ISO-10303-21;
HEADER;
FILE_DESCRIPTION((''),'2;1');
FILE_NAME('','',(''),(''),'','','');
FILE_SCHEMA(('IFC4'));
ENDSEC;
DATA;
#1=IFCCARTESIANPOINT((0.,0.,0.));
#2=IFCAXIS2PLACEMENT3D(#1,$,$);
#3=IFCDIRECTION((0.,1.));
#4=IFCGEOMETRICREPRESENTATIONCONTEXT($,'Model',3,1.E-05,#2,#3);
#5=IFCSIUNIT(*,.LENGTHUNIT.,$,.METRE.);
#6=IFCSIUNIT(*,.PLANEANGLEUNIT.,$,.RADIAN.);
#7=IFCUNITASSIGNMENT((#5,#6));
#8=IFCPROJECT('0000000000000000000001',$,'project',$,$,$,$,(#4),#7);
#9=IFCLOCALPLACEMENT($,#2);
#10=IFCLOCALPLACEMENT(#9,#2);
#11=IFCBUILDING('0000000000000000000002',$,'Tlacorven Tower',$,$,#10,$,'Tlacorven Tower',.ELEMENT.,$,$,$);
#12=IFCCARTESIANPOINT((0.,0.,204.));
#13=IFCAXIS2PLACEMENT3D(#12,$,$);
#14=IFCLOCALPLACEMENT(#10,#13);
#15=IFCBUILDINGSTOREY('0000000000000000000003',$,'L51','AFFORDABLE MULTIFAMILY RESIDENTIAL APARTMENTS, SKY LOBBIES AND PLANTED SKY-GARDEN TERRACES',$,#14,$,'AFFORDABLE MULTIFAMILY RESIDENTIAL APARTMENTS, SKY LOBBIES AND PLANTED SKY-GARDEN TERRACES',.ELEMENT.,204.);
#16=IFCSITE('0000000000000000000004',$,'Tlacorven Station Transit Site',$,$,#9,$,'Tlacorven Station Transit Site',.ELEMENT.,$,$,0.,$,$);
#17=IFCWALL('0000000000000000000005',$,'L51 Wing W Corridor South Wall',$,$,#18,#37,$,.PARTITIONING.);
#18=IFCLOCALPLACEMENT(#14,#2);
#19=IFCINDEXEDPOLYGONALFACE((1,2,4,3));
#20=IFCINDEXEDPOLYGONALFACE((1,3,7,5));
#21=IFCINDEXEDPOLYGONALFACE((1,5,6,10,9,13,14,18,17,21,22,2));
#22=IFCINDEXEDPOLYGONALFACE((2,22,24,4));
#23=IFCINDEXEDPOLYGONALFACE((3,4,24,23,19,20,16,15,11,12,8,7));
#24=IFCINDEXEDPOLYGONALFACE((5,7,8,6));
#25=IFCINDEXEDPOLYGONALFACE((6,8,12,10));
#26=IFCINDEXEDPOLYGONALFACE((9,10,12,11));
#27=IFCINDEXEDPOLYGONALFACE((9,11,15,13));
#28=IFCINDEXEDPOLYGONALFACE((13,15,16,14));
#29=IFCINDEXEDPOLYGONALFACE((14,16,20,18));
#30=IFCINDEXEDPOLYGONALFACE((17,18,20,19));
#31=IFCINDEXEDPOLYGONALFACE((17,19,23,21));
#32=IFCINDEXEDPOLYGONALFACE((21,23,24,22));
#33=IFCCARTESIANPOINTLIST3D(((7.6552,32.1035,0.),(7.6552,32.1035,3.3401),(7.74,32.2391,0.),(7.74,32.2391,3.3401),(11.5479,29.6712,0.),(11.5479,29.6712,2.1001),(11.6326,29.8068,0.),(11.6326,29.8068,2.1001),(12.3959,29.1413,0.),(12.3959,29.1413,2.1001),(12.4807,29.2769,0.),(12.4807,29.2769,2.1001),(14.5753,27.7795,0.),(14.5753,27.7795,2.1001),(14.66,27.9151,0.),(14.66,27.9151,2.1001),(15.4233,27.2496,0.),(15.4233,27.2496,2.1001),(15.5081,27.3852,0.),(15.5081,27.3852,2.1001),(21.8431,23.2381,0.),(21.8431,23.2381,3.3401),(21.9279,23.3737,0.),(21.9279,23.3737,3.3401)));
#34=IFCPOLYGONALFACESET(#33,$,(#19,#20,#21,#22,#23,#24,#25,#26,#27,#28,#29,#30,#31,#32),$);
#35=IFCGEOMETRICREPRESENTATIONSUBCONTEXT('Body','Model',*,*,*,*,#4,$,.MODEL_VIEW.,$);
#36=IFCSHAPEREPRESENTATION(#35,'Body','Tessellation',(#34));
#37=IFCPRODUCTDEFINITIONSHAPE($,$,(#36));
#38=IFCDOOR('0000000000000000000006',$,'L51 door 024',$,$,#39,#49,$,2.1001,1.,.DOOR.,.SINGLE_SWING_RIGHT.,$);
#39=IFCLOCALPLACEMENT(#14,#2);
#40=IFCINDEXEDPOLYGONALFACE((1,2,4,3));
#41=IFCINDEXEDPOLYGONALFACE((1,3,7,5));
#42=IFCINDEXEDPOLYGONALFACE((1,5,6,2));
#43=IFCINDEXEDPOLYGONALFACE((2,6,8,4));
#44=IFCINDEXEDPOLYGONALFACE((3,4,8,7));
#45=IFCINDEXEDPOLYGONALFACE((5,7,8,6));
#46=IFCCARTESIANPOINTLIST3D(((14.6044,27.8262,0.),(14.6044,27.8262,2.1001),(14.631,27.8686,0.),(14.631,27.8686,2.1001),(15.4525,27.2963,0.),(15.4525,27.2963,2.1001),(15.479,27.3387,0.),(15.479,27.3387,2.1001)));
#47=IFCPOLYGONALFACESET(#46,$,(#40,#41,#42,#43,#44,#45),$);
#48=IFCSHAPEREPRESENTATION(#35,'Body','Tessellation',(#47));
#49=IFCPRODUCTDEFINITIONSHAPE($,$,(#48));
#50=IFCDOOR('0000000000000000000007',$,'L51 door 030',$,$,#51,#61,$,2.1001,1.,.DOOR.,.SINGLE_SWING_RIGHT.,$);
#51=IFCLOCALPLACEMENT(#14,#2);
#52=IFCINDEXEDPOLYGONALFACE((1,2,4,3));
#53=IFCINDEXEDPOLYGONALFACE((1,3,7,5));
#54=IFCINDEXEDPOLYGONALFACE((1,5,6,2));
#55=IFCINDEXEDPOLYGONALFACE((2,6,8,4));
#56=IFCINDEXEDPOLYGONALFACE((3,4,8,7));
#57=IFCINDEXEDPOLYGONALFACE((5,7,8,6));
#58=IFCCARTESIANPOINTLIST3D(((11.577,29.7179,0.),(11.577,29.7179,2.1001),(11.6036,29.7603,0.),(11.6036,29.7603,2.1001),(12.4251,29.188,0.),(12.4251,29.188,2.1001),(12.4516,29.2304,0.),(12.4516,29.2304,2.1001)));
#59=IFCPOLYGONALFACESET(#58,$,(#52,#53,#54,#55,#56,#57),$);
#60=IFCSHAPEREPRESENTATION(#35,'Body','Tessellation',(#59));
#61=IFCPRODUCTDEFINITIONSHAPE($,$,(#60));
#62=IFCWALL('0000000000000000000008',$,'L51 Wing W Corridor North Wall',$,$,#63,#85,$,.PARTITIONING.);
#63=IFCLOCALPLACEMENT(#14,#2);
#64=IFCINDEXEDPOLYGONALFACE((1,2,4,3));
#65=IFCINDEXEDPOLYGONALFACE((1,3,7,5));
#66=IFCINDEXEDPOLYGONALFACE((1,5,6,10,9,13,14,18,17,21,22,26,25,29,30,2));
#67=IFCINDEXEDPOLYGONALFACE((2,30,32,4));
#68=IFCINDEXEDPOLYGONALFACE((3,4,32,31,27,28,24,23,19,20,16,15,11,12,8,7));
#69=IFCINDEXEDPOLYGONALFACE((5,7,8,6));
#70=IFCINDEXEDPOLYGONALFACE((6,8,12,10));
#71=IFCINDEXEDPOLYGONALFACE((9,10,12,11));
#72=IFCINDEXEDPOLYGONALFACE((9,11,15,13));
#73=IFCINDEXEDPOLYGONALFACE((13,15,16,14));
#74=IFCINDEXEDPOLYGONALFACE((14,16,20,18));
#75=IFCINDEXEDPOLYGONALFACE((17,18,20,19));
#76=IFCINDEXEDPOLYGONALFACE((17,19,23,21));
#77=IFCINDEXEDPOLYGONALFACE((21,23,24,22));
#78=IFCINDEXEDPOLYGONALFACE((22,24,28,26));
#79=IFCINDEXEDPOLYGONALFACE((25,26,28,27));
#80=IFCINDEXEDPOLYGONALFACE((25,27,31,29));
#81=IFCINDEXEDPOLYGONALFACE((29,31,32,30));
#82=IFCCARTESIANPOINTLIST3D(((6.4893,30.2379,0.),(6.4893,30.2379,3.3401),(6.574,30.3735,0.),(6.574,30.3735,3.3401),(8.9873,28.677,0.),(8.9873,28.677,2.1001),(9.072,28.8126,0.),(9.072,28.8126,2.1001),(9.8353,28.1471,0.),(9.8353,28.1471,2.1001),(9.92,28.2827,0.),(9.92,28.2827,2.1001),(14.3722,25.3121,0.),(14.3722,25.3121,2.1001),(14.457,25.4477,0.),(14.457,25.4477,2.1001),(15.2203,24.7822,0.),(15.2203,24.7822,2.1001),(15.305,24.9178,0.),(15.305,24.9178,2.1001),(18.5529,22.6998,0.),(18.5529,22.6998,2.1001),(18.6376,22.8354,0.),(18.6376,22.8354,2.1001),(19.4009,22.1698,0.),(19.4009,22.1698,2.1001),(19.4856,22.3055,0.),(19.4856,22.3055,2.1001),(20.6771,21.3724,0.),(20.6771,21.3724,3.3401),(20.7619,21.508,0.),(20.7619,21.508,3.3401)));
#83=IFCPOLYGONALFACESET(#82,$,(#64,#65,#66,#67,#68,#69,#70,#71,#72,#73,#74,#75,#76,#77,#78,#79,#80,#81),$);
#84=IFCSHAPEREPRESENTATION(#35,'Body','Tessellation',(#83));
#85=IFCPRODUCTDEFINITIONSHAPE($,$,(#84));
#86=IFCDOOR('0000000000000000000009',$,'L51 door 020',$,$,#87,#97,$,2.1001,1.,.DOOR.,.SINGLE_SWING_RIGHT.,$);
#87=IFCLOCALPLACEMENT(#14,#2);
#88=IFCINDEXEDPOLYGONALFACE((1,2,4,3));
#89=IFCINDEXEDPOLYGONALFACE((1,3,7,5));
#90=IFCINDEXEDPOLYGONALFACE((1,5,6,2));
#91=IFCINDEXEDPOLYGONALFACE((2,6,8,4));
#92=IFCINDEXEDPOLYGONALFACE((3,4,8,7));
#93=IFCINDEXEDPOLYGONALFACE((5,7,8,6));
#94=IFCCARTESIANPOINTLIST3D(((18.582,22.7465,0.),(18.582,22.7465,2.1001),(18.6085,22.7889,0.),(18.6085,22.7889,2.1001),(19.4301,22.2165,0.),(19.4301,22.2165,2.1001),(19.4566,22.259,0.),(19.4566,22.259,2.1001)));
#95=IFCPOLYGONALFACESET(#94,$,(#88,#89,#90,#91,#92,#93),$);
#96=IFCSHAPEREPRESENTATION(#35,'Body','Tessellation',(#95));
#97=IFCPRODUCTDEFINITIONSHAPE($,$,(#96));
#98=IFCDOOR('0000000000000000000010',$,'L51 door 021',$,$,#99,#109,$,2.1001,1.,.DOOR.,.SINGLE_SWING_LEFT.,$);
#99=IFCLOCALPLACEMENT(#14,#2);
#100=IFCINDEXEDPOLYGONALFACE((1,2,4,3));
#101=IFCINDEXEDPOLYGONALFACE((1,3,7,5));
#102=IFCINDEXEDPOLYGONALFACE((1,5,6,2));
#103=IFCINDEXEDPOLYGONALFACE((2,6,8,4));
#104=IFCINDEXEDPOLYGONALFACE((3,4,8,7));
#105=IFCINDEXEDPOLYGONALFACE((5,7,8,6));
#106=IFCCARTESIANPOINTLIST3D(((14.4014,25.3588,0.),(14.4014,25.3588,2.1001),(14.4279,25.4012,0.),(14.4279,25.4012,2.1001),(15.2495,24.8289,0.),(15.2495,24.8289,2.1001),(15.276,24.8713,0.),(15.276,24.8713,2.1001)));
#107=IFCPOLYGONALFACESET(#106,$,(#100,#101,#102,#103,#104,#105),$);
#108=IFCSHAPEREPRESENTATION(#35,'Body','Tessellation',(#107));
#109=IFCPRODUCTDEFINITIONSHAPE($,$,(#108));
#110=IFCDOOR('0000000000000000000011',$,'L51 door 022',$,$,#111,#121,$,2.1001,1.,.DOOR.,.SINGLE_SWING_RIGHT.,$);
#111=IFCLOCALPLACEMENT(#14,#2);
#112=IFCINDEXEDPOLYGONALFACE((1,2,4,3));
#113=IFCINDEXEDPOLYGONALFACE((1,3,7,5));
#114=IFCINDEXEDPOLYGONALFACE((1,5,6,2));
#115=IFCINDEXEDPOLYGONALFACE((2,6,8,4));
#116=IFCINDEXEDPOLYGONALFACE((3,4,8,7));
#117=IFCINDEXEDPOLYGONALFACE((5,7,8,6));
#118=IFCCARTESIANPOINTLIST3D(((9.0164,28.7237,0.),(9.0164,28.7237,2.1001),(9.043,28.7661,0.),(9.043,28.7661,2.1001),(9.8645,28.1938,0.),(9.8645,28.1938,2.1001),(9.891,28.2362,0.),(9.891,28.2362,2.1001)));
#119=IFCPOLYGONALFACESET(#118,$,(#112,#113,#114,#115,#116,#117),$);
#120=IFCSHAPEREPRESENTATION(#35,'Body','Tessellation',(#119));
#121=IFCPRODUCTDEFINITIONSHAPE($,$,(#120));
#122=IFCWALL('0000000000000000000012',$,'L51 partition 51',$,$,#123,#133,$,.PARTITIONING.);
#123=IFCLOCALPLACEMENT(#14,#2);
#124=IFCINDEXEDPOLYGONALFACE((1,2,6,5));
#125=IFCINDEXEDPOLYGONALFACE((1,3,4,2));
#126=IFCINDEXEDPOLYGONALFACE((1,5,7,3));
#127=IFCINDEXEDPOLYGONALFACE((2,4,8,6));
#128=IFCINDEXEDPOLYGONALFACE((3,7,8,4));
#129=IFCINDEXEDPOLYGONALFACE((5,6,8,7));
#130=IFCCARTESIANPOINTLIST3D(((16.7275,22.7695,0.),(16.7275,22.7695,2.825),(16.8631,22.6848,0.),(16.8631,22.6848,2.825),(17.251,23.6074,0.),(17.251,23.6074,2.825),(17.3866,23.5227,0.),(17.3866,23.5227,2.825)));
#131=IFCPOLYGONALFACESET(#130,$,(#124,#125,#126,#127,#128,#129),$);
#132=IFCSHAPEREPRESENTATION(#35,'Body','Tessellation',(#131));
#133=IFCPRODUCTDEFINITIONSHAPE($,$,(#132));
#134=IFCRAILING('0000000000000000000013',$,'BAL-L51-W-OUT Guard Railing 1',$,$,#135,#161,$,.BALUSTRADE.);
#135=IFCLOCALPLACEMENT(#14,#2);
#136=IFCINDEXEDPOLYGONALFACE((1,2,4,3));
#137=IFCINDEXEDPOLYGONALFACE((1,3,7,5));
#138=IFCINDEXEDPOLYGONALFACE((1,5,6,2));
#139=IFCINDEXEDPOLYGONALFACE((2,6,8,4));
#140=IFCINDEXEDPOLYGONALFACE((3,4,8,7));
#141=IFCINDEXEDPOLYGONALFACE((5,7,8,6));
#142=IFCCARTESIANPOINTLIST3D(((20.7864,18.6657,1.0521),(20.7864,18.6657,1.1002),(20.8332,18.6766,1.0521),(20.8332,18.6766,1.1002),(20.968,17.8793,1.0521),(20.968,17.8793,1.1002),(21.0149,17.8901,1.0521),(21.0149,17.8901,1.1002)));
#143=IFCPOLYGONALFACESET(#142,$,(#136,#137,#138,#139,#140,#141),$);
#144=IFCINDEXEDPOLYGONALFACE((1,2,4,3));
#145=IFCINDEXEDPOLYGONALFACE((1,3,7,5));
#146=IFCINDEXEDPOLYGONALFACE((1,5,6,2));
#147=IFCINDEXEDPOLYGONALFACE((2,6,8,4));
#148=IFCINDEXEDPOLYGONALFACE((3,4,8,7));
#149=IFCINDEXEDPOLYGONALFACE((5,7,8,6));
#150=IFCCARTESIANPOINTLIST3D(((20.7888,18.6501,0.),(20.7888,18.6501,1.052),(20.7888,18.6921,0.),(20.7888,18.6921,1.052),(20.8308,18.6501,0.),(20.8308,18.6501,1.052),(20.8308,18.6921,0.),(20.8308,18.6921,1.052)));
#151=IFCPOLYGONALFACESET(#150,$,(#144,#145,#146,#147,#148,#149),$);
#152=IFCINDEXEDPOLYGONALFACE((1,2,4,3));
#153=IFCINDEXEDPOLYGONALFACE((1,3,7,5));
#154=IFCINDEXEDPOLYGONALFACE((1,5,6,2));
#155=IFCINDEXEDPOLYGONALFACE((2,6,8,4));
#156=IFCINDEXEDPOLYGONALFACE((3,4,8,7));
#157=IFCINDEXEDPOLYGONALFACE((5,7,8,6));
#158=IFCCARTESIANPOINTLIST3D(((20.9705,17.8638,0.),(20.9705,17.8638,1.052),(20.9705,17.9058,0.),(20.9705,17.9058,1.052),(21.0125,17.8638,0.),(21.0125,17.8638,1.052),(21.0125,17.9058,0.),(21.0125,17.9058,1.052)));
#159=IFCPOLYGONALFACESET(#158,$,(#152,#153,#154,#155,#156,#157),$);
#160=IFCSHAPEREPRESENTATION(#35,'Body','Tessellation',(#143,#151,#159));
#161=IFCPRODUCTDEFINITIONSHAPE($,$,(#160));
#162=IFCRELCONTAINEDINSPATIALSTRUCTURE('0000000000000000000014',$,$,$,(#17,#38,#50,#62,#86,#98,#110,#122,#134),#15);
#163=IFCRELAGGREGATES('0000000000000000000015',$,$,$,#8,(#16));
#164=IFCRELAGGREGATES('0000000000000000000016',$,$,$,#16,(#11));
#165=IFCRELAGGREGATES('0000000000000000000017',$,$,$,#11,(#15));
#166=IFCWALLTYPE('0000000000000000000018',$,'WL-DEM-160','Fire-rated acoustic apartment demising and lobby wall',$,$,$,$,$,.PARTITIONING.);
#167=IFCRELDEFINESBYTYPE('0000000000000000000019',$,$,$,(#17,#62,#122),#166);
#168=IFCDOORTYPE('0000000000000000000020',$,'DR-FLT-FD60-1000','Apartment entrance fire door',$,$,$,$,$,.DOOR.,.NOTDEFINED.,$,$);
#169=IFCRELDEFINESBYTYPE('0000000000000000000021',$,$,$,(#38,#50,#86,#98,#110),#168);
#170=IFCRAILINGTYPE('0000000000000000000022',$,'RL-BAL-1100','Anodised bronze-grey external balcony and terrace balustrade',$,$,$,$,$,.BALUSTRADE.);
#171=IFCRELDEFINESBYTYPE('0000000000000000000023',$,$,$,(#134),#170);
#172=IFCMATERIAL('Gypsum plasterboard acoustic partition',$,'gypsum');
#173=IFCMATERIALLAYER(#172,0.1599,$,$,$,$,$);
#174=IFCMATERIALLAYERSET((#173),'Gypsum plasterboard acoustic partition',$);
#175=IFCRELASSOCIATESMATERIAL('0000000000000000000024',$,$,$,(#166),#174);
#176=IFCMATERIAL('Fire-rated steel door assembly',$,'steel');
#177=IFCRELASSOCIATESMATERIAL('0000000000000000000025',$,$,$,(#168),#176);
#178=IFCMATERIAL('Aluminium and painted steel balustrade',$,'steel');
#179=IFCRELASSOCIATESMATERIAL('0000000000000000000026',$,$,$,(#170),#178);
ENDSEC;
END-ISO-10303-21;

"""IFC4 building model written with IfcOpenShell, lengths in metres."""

from ifc_helpers import new_model, si_unit, direction, frame, frame_2d, origin, origin_2d, place, context, subcontext, project, spatial, rectangle, extrude, source, transform, mapped, material, layer, layer_set, type_object, element, fill, save


model = new_model("IFC4")

# Units and contexts
model_context = context("Model", 3, precision=1e-05, world=origin(), true_north=direction((0.0, 1.0)))
body_context = subcontext(model_context, "Body", "Model", "MODEL_VIEW")
ifc_project = project(units=[si_unit("LENGTHUNIT", "METRE"), si_unit("PLANEANGLEUNIT", "RADIAN")], contexts=[model_context])

# Site, building, storey
site_placement = place(None, origin())
site = spatial("IfcSite", under=ifc_project, at=site_placement, Name="Tlacorven Station Transit Site", LongName="Tlacorven Station Transit Site", CompositionType="ELEMENT", RefElevation=0.0)
building_placement = place(site_placement, origin())
building = spatial("IfcBuilding", under=site, at=building_placement, Name="Tlacorven Tower", LongName="Tlacorven Tower", CompositionType="ELEMENT")
storey_placement = place(building_placement, frame((0.0, 0.0, 204.0)))
storey = spatial("IfcBuildingStorey", under=building, at=storey_placement, Name="L51", Description="AFFORDABLE MULTIFAMILY RESIDENTIAL APARTMENTS, SKY LOBBIES AND PLANTED SKY-GARDEN TERRACES", LongName="AFFORDABLE MULTIFAMILY RESIDENTIAL APARTMENTS, SKY LOBBIES AND PLANTED SKY-GARDEN TERRACES", CompositionType="ELEMENT", Elevation=204.0)

# Shared definitions
ifc_material_1 = material(Name="Gypsum plasterboard acoustic partition", Category="gypsum")
ifc_layer_1 = layer(ifc_material_1, 0.1599)
ifc_layer_set_1 = layer_set([ifc_layer_1], Name="Gypsum plasterboard acoustic partition")
wall_type = type_object("IfcWallType", Name="WL-DEM-160", Description="Fire-rated acoustic apartment demising and lobby wall", PredefinedType="PARTITIONING", material=ifc_layer_set_1)

# Walls, openings, doors
wall_1_placement = place(storey_placement, frame((21.8855, 23.3059, 0.0), z_axis=(0.0, 0.0, 1.0), x_axis=(-0.848052, 0.529912, 0.0)))
wall_1 = element("IfcWall", 1, at=wall_1_placement, inside=storey, type_object=wall_type, Name="L51 Wing W Corridor South Wall", PredefinedType="PARTITIONING", context=body_context, shape_type="SweptSolid", body=[
    extrude(rectangle(XDim=16.73, YDim=0.1599, at=frame_2d((8.365, 0.0))), origin(), (0.0, 0.0, 1.0), 3.3401),
])
opening_1_placement = place(wall_1_placement, frame((7.5701, 0.0, 0.0)))
opening_1 = element("IfcOpeningElement", 2, at=opening_1_placement, cuts=wall_1, PredefinedType="OPENING", context=body_context, shape_type="SweptSolid", body=[
    extrude(rectangle(XDim=1.0, YDim=2.1001, at=frame_2d((0.5, 1.05))), frame((0.0, 0.0898, 0.0), z_axis=(0.0, -1.0, 0.0), x_axis=(1.0, 0.0, 0.0)), (0.0, 0.0, 1.0), 0.1799),
])
opening_2_placement = place(wall_1_placement, frame((11.1399, 0.0, 0.0)))
opening_2 = element("IfcOpeningElement", 3, at=opening_2_placement, cuts=wall_1, PredefinedType="OPENING", context=body_context, shape_type="SweptSolid", body=[
    extrude(rectangle(XDim=1.0, YDim=2.1001, at=frame_2d((0.5, 1.05))), frame((0.0, 0.0898, 0.0), z_axis=(0.0, -1.0, 0.0), x_axis=(1.0, 0.0, 0.0)), (0.0, 0.0, 1.0), 0.1799),
])
ifc_material_2 = material(Name="Fire-rated steel door assembly", Category="steel")
door_type = type_object("IfcDoorType", Name="DR-FLT-FD60-1000", Description="Apartment entrance fire door", OperationType="NOTDEFINED", PredefinedType="DOOR", material=ifc_material_2)
shared_shape_1 = source(origin(), body_context, "Body", "SweptSolid", [
    extrude(rectangle(XDim=1.0, YDim=2.1001, at=frame_2d((0.5, 1.05))), frame((0.0, 0.0249, 0.0), z_axis=(0.0, -1.0, 0.0), x_axis=(1.0, 0.0, 0.0)), (0.0, 0.0, 1.0), 0.05),
])
door_1_placement = place(opening_1_placement, origin())
door_1 = element("IfcDoor", 4, at=door_1_placement, inside=storey, type_object=door_type, Name="L51 door 024", OperationType="SINGLE_SWING_RIGHT", OverallHeight=2.1001, OverallWidth=1.0, PredefinedType="DOOR", context=body_context, shape_type="MappedRepresentation", body=[
    mapped(shared_shape_1, transform((0.0, 0.0, 0.0), scale=1.0)),
])
fill(opening_1, door_1)
door_2_placement = place(opening_2_placement, origin())
door_2 = element("IfcDoor", 5, at=door_2_placement, inside=storey, type_object=door_type, Name="L51 door 030", OperationType="SINGLE_SWING_RIGHT", OverallHeight=2.1001, OverallWidth=1.0, PredefinedType="DOOR", context=body_context, shape_type="MappedRepresentation", body=[
    mapped(shared_shape_1, transform((0.0, 0.0, 0.0), scale=1.0)),
])
fill(opening_2, door_2)
wall_2_placement = place(storey_placement, frame((20.7195, 21.4402, 0.0), z_axis=(0.0, 0.0, 1.0), x_axis=(-0.848048, 0.529919, 0.0)))
wall_2 = element("IfcWall", 6, at=wall_2_placement, inside=storey, type_object=wall_type, Name="L51 Wing W Corridor North Wall", PredefinedType="PARTITIONING", context=body_context, shape_type="SweptSolid", body=[
    extrude(rectangle(XDim=16.73, YDim=0.1599, at=frame_2d((8.365, 0.0))), origin(), (0.0, 0.0, 1.0), 3.3401),
])
opening_3_placement = place(wall_2_placement, frame((1.5049, 0.0, 0.0)))
opening_3 = element("IfcOpeningElement", 7, at=opening_3_placement, cuts=wall_2, PredefinedType="OPENING", context=body_context, shape_type="SweptSolid", body=[
    extrude(rectangle(XDim=1.0, YDim=2.1001, at=frame_2d((0.5, 1.05))), frame((0.0, 0.0898, 0.0), z_axis=(0.0, -1.0, 0.0), x_axis=(1.0, 0.0, 0.0)), (0.0, 0.0, 1.0), 0.1799),
])
opening_4_placement = place(wall_2_placement, frame((6.4346, 0.0, 0.0)))
opening_4 = element("IfcOpeningElement", 8, at=opening_4_placement, cuts=wall_2, PredefinedType="OPENING", context=body_context, shape_type="SweptSolid", body=[
    extrude(rectangle(XDim=1.0, YDim=2.1001, at=frame_2d((0.5, 1.05))), frame((0.0, 0.0898, 0.0), z_axis=(0.0, -1.0, 0.0), x_axis=(1.0, 0.0, 0.0)), (0.0, 0.0, 1.0), 0.1799),
])
opening_5_placement = place(wall_2_placement, frame((12.7844, 0.0, 0.0)))
opening_5 = element("IfcOpeningElement", 9, at=opening_5_placement, cuts=wall_2, PredefinedType="OPENING", context=body_context, shape_type="SweptSolid", body=[
    extrude(rectangle(XDim=1.0, YDim=2.1001, at=frame_2d((0.5, 1.05))), frame((0.0, 0.0898, 0.0), z_axis=(0.0, -1.0, 0.0), x_axis=(1.0, 0.0, 0.0)), (0.0, 0.0, 1.0), 0.1799),
])
door_3_placement = place(opening_3_placement, origin())
door_3 = element("IfcDoor", 10, at=door_3_placement, inside=storey, type_object=door_type, Name="L51 door 020", OperationType="SINGLE_SWING_RIGHT", OverallHeight=2.1001, OverallWidth=1.0, PredefinedType="DOOR", context=body_context, shape_type="MappedRepresentation", body=[
    mapped(shared_shape_1, transform((0.0, 0.0, 0.0), scale=1.0)),
])
fill(opening_3, door_3)
door_4_placement = place(opening_4_placement, origin())
door_4 = element("IfcDoor", 11, at=door_4_placement, inside=storey, type_object=door_type, Name="L51 door 021", OperationType="SINGLE_SWING_LEFT", OverallHeight=2.1001, OverallWidth=1.0, PredefinedType="DOOR", context=body_context, shape_type="MappedRepresentation", body=[
    mapped(shared_shape_1, transform((0.0, 0.0, 0.0), scale=1.0)),
])
fill(opening_4, door_4)
door_5_placement = place(opening_5_placement, origin())
door_5 = element("IfcDoor", 12, at=door_5_placement, inside=storey, type_object=door_type, Name="L51 door 022", OperationType="SINGLE_SWING_RIGHT", OverallHeight=2.1001, OverallWidth=1.0, PredefinedType="DOOR", context=body_context, shape_type="MappedRepresentation", body=[
    mapped(shared_shape_1, transform((0.0, 0.0, 0.0), scale=1.0)),
])
fill(opening_5, door_5)

# Wall
wall_3_placement = place(storey_placement, frame((17.3188, 23.5652, 0.0), z_axis=(0.0, 0.0, 1.0), x_axis=(-0.529821, -0.848109, 0.0)))
element("IfcWall", 13, at=wall_3_placement, inside=storey, type_object=wall_type, Name="L51 partition 51", PredefinedType="PARTITIONING", context=body_context, shape_type="SweptSolid", body=[
    extrude(rectangle(XDim=0.988, YDim=0.1599, at=frame_2d((0.4941, 0.0))), origin(), (0.0, 0.0, 1.0), 2.825),
])

# Railing
ifc_material_3 = material(Name="Aluminium and painted steel balustrade", Category="steel")
railing_type = type_object("IfcRailingType", Name="RL-BAL-1100", Description="Anodised bronze-grey external balcony and terrace balustrade", PredefinedType="BALUSTRADE", material=ifc_material_3)
shared_shape_2 = source(origin(), body_context, "Body", "SweptSolid", [
    extrude(rectangle(XDim=0.0481, YDim=0.0481, at=origin_2d()), frame((0.0, 0.0, 1.0762), z_axis=(0.225058, -0.974345, 0.0), x_axis=(0.974345, 0.225058, 0.0)), (0.0, 0.0, 1.0), 0.8071),
    extrude(rectangle(XDim=0.042, YDim=0.042, at=origin_2d()), origin(), (0.0, 0.0, 1.0), 1.052),
    extrude(rectangle(XDim=0.042, YDim=0.042, at=origin_2d()), frame((0.1816, -0.7864, 0.0)), (0.0, 0.0, 1.0), 1.052),
])
railing_1_placement = place(storey_placement, frame((20.8098, 18.6711, 0.0)))
element("IfcRailing", 14, at=railing_1_placement, inside=storey, type_object=railing_type, Name="BAL-L51-W-OUT Guard Railing 1", PredefinedType="BALUSTRADE", context=body_context, shape_type="MappedRepresentation", body=[
    mapped(shared_shape_2, transform((0.0, 0.0, 0.0), scale=1.0)),
])

save(model, "model.ifc")
